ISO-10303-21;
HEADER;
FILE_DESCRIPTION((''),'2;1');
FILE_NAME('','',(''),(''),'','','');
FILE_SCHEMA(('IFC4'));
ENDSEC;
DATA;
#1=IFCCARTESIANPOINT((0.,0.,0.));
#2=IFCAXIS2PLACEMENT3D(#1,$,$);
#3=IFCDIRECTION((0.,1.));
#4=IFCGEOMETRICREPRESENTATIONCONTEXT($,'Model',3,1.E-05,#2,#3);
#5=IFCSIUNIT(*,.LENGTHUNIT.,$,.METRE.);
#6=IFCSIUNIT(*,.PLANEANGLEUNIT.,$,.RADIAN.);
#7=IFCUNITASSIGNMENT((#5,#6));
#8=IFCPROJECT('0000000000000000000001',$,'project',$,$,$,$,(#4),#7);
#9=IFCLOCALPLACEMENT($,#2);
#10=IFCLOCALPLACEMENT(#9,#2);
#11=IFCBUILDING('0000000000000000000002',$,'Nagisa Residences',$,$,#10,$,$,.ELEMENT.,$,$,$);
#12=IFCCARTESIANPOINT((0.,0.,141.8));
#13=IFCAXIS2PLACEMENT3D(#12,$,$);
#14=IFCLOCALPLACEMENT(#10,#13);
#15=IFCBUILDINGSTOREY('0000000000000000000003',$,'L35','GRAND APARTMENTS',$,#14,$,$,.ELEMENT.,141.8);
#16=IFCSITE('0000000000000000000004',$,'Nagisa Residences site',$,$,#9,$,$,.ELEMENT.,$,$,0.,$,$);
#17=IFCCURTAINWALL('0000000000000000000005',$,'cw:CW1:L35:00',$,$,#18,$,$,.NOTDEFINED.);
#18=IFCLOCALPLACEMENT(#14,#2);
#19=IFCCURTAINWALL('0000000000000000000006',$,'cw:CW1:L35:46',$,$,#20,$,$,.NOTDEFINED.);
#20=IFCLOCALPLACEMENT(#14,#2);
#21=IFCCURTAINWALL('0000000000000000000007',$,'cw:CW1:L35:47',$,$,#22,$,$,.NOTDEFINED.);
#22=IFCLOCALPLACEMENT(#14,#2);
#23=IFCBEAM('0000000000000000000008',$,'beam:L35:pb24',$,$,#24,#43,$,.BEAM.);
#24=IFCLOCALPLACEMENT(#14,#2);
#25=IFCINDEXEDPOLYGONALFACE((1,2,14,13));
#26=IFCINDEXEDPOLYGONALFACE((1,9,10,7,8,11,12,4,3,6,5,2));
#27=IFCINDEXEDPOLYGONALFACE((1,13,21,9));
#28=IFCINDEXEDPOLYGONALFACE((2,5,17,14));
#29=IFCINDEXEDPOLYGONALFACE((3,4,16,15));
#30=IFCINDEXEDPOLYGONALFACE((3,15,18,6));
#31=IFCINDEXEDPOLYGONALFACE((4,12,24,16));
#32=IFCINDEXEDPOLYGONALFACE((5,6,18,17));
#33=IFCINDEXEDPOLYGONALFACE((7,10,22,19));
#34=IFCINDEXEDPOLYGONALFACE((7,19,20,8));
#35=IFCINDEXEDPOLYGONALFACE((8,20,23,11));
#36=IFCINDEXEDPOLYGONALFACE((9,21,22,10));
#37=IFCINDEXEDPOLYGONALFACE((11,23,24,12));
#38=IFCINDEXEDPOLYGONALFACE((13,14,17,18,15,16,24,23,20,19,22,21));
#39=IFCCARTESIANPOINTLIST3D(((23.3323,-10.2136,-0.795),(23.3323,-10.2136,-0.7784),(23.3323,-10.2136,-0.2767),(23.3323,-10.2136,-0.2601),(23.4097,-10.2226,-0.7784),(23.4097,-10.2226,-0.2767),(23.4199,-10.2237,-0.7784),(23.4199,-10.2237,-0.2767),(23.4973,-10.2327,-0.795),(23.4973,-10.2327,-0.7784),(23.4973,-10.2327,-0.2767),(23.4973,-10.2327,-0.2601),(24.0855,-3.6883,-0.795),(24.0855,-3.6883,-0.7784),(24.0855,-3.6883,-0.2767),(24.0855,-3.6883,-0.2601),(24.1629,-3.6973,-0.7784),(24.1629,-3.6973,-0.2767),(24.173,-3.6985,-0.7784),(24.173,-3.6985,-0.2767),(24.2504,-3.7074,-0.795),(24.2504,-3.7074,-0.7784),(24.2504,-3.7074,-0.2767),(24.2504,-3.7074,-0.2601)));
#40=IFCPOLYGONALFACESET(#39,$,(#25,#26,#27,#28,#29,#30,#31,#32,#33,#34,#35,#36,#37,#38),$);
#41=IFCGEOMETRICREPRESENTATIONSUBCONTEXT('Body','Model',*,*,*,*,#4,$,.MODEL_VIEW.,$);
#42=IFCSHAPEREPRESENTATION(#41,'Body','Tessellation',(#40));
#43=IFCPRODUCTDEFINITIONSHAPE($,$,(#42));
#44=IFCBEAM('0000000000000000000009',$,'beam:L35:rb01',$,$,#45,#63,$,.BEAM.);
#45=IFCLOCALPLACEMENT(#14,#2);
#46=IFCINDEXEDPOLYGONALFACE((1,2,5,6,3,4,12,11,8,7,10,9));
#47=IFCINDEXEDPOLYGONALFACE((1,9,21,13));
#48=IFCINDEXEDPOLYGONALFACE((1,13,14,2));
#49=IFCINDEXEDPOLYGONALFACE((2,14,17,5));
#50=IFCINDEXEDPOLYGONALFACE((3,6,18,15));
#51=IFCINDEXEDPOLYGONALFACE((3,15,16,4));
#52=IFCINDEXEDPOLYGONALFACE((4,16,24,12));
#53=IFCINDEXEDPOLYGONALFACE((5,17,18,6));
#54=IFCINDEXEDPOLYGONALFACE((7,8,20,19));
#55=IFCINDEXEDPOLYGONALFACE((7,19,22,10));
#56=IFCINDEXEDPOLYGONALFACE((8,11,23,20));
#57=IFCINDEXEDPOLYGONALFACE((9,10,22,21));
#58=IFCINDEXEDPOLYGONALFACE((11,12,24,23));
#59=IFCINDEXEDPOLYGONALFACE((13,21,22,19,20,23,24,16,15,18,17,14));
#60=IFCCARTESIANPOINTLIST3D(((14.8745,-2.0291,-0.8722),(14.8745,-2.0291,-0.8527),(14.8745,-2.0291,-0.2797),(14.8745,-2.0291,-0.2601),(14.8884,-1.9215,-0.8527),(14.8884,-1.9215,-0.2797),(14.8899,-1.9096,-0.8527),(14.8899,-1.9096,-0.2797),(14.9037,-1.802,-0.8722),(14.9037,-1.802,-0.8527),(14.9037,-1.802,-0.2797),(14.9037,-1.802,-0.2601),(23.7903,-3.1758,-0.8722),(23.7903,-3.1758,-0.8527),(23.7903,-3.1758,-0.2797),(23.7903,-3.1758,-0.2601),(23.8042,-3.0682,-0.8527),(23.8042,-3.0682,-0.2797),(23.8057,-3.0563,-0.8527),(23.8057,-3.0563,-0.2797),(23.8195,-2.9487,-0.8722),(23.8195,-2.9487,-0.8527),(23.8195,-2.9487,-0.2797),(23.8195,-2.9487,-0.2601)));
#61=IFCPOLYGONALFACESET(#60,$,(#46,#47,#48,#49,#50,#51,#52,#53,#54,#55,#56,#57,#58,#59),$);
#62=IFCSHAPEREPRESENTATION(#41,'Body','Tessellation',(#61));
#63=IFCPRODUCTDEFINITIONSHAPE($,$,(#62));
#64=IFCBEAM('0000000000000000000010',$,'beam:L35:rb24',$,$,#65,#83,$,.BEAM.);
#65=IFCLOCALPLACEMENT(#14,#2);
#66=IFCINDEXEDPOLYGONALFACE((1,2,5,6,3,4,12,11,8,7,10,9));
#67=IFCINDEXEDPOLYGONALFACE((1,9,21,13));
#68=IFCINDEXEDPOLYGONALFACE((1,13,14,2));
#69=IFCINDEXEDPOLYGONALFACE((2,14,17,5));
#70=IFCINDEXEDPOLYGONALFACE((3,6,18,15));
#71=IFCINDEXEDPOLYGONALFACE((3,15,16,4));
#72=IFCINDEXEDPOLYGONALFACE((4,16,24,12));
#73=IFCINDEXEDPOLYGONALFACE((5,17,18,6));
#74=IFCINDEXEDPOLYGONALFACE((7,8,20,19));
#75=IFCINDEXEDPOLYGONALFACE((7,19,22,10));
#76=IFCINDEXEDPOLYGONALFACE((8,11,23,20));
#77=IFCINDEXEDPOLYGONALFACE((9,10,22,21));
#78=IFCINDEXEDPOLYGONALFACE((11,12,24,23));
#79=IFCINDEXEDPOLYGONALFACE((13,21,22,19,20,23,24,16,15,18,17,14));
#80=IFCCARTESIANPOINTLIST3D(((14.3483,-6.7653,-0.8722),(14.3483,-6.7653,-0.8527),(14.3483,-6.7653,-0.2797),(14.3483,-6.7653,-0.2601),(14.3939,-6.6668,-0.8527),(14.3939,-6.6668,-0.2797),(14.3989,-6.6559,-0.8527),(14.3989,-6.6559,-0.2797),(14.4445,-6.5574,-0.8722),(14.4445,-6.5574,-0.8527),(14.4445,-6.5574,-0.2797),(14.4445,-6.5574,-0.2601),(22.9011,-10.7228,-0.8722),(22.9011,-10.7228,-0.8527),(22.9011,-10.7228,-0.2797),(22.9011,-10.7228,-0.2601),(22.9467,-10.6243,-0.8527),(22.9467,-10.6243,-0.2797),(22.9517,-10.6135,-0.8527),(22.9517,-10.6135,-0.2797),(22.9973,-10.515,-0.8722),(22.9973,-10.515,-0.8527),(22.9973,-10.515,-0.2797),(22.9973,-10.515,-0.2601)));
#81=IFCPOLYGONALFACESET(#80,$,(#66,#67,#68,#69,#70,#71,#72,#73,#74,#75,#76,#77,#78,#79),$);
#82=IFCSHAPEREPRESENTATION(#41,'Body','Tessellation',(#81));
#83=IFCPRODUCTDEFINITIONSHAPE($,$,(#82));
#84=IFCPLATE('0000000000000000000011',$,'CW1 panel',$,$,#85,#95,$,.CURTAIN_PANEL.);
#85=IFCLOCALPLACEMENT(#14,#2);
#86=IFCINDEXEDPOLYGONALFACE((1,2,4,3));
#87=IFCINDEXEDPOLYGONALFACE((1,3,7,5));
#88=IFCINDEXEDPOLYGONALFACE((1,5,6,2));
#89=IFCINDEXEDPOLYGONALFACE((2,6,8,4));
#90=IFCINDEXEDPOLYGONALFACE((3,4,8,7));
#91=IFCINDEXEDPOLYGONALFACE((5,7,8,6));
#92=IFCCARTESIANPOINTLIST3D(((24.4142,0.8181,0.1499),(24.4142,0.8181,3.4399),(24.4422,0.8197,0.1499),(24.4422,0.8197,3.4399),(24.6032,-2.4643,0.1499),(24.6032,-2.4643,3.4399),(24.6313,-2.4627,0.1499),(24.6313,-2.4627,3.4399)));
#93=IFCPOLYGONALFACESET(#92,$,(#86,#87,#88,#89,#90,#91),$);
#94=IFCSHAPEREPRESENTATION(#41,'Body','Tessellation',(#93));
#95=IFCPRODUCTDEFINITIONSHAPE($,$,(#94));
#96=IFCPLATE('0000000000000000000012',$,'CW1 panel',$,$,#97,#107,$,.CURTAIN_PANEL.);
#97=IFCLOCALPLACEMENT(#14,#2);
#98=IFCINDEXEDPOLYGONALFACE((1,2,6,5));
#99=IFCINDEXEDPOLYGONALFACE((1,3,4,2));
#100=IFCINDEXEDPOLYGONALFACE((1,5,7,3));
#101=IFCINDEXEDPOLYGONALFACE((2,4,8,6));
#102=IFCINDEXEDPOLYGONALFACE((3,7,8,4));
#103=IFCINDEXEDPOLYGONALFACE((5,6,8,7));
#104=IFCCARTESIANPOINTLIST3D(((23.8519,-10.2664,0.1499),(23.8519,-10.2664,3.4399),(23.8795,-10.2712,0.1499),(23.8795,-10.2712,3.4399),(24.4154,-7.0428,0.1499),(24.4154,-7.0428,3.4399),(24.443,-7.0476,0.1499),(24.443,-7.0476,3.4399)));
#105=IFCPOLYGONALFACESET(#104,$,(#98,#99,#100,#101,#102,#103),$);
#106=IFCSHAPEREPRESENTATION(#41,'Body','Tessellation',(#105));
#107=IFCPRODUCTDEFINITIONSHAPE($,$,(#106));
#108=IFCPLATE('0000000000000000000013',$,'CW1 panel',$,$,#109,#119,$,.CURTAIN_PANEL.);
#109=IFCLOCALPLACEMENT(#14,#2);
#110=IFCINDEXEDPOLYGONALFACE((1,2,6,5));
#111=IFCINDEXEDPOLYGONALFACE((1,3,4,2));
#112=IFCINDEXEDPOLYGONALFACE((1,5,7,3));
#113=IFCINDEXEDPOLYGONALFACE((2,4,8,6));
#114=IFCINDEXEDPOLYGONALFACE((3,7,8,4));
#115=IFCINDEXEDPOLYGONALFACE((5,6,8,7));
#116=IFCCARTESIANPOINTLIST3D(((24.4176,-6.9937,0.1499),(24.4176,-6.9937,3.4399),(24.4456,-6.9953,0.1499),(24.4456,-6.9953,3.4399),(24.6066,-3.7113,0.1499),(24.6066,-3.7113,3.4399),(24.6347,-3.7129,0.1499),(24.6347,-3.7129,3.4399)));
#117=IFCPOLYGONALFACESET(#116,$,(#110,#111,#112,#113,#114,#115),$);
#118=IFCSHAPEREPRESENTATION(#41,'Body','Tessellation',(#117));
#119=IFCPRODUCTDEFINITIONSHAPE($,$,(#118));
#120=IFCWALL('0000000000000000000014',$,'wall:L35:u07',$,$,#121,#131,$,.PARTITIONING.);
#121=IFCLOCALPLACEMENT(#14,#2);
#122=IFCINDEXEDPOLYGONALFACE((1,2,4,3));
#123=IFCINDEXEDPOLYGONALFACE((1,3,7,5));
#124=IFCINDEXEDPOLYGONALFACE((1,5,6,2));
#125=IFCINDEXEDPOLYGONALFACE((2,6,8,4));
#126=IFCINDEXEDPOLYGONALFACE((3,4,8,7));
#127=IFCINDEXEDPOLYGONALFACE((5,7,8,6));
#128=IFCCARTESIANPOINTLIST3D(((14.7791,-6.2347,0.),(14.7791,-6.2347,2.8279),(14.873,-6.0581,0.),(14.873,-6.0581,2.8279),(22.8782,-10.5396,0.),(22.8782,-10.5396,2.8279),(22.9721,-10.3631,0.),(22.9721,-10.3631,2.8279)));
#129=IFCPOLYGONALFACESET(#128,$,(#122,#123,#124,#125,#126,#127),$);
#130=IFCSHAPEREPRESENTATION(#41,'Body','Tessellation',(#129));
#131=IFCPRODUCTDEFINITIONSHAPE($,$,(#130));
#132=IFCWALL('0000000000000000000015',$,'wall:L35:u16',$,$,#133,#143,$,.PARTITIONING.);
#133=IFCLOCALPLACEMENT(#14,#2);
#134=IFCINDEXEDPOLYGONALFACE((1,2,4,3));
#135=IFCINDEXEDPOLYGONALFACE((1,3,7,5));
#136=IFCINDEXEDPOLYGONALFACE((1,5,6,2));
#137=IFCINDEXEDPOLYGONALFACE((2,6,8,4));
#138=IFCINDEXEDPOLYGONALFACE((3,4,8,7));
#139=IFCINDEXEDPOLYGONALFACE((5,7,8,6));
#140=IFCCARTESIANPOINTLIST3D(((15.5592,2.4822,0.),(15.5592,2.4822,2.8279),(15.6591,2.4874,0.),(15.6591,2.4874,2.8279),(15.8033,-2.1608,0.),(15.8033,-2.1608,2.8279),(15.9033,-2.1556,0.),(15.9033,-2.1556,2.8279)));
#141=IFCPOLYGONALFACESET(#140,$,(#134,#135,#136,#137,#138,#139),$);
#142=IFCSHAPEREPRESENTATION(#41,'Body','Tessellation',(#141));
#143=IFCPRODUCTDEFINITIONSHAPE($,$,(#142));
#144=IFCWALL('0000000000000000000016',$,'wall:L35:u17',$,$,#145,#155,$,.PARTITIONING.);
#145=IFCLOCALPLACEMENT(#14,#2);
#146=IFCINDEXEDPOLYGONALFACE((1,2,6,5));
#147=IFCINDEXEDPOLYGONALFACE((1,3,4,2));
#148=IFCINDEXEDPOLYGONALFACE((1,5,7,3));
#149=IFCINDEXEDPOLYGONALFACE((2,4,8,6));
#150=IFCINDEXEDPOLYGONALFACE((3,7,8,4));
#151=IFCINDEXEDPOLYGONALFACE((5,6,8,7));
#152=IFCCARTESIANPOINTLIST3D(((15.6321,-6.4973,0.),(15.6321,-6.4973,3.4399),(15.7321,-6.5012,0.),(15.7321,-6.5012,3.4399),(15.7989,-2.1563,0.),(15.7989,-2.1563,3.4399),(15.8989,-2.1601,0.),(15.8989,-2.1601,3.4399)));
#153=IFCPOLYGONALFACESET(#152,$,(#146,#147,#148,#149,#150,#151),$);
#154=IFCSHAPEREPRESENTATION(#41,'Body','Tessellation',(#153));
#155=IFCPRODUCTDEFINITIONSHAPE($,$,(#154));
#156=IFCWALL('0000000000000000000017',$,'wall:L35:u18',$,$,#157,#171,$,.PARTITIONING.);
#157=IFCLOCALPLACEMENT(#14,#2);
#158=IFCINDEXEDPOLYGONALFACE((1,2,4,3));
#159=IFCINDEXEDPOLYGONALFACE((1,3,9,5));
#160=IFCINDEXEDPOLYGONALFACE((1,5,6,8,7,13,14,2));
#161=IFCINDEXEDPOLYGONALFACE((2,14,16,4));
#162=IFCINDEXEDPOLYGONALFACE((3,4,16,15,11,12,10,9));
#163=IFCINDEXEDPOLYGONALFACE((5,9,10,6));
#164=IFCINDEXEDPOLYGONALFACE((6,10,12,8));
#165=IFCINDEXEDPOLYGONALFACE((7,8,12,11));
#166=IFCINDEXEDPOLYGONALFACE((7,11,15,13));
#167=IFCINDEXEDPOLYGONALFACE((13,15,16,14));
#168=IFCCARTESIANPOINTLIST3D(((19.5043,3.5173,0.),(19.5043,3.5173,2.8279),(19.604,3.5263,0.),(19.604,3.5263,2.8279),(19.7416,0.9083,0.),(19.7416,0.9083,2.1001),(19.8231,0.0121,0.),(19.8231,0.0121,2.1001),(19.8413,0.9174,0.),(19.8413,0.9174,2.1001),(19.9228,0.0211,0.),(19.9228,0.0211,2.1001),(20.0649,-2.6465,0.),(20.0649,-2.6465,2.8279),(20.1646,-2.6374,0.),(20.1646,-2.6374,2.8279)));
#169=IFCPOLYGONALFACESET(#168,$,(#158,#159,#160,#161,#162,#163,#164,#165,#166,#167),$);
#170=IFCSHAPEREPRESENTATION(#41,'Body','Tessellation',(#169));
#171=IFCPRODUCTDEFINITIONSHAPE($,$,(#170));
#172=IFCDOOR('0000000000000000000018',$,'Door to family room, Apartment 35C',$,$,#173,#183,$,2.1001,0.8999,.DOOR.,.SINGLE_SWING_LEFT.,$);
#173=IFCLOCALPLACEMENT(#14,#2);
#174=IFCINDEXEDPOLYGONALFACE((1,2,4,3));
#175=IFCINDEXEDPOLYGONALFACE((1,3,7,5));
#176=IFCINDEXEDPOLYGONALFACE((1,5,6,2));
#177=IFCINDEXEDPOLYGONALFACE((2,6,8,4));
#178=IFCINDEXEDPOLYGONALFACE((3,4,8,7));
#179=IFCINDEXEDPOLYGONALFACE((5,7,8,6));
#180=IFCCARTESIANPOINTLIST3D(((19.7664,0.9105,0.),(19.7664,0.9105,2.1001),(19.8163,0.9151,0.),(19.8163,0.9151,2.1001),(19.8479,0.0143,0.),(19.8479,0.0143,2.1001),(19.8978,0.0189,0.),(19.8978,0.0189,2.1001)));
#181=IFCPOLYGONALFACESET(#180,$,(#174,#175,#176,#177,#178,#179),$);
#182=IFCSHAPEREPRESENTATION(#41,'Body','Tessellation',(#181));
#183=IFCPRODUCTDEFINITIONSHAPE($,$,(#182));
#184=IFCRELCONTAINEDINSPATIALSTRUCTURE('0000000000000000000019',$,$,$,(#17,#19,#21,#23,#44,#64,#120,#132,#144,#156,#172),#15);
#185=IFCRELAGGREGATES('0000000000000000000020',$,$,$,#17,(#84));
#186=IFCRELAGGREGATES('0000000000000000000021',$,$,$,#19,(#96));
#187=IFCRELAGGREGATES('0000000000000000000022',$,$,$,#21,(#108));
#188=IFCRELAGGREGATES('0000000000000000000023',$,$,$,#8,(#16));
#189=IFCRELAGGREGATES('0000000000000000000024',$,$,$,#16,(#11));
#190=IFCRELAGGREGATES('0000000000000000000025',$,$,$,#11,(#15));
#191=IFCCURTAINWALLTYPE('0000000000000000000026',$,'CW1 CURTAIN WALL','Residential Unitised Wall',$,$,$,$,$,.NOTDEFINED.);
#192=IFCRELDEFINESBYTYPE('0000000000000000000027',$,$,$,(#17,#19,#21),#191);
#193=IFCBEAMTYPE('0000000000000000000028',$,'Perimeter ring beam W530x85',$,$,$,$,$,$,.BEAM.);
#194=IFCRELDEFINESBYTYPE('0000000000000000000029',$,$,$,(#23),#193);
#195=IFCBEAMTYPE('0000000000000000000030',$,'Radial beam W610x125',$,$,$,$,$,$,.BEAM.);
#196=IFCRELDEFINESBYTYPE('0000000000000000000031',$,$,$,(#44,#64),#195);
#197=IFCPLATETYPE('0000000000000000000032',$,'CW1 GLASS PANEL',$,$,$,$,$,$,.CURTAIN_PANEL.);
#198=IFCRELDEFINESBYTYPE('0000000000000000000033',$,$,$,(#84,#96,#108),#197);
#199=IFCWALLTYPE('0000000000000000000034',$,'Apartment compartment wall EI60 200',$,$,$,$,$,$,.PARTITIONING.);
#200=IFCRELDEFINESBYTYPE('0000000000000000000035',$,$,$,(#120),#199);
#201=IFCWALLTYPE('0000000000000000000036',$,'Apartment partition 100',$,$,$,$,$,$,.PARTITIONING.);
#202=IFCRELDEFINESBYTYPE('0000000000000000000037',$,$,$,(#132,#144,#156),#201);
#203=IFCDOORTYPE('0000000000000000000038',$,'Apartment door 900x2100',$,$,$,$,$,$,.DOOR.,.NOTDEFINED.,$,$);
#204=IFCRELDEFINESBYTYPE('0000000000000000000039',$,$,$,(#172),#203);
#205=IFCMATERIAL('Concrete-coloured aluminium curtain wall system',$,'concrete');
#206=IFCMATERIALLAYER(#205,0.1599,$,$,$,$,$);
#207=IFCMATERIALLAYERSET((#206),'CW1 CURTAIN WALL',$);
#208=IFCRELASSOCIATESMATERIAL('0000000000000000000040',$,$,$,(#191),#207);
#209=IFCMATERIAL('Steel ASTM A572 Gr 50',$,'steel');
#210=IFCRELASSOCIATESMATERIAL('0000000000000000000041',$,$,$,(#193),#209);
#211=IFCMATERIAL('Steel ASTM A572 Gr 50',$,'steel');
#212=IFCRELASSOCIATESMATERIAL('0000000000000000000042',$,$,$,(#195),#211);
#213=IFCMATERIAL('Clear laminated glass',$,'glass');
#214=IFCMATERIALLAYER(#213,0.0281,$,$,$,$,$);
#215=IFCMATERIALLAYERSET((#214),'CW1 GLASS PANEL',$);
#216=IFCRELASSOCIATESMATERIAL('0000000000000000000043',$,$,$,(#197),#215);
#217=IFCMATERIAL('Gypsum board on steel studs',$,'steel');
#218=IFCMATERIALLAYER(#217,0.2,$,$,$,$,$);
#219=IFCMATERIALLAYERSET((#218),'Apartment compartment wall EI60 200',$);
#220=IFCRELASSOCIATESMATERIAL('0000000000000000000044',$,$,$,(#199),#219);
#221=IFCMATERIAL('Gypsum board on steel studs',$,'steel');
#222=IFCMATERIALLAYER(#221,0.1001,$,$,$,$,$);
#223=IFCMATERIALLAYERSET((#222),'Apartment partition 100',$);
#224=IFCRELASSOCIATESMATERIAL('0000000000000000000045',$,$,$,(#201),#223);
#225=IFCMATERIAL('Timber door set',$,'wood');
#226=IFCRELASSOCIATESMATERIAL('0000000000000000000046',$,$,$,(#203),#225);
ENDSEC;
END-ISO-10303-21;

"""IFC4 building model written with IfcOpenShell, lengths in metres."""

from ifc_helpers import new_model, si_unit, direction, frame, frame_2d, origin, origin_2d, place, context, subcontext, project, spatial, rectangle, i_section, extrude, material, layer, layer_set, material_profile, profile_set, type_object, element, fill, aggregate, save


model = new_model("IFC4")

# Units and contexts
model_context = context("Model", 3, precision=1e-05, world=origin(), true_north=direction((0.0, 1.0)))
body_context = subcontext(model_context, "Body", "Model", "MODEL_VIEW")
ifc_project = project(units=[si_unit("LENGTHUNIT", "METRE"), si_unit("PLANEANGLEUNIT", "RADIAN")], contexts=[model_context])

# Site, building, storey
site_placement = place(None, origin())
site = spatial("IfcSite", under=ifc_project, at=site_placement, Name="Nagisa Residences site", CompositionType="ELEMENT", RefElevation=0.0)
building_placement = place(site_placement, origin())
building = spatial("IfcBuilding", under=site, at=building_placement, Name="Nagisa Residences", CompositionType="ELEMENT")
storey_placement = place(building_placement, frame((0.0, 0.0, 141.8)))
storey = spatial("IfcBuildingStorey", under=building, at=storey_placement, Name="L35", Description="GRAND APARTMENTS", CompositionType="ELEMENT", Elevation=141.8)

# Curtain walls
ifc_material_1 = material(Name="Concrete-coloured aluminium curtain wall system", Category="concrete")
ifc_layer_1 = layer(ifc_material_1, 0.1599)
ifc_layer_set_1 = layer_set([ifc_layer_1], Name="CW1 CURTAIN WALL")
curtain_wall_type = type_object("IfcCurtainWallType", Name="CW1 CURTAIN WALL", Description="Residential Unitised Wall", PredefinedType="NOTDEFINED", material=ifc_layer_set_1)
curtain_wall_1_placement = place(storey_placement, origin())
curtain_wall_1 = element("IfcCurtainWall", 1, at=curtain_wall_1_placement, inside=storey, type_object=curtain_wall_type, Name="cw:CW1:L35:00", PredefinedType="NOTDEFINED")
curtain_wall_2_placement = place(storey_placement, origin())
curtain_wall_2 = element("IfcCurtainWall", 2, at=curtain_wall_2_placement, inside=storey, type_object=curtain_wall_type, Name="cw:CW1:L35:46", PredefinedType="NOTDEFINED")
curtain_wall_3_placement = place(storey_placement, origin())
curtain_wall_3 = element("IfcCurtainWall", 3, at=curtain_wall_3_placement, inside=storey, type_object=curtain_wall_type, Name="cw:CW1:L35:47", PredefinedType="NOTDEFINED")

# Beams
ifc_material_2 = material(Name="Steel ASTM A572 Gr 50", Category="steel")
ifc_material_profile_1 = material_profile(ifc_material_2, i_section(OverallWidth=0.166, OverallDepth=0.5349, WebThickness=0.0103, FlangeThickness=0.0166, at=origin_2d()), Name="W530x85")
ifc_profile_set_1 = profile_set([ifc_material_profile_1], Name="Steel ASTM A572 Gr 50")
beam_type_1 = type_object("IfcBeamType", Name="Perimeter ring beam W530x85", PredefinedType="BEAM", material=ifc_profile_set_1)
for number, where, z_axis, x_axis, name in (
    (4, (23.4148, -10.2231, -0.5276), (0.114661, 0.993405, 0.0), (-0.993405, 0.114661, 0.0), "beam:L35:pb24"),
):
    element("IfcBeam", number, at=place(storey_placement, frame(where, z_axis=z_axis, x_axis=x_axis)), inside=storey, type_object=beam_type_1, Name=name, PredefinedType="BEAM", context=body_context, shape_type="SweptSolid", body=[
        extrude(i_section(OverallWidth=0.166, OverallDepth=0.5349, WebThickness=0.0103, FlangeThickness=0.0166, at=origin_2d()), origin(), (0.0, 0.0, 1.0), 6.5686),
    ])
ifc_material_3 = material(Name="Steel ASTM A572 Gr 50", Category="steel")
ifc_material_profile_2 = material_profile(ifc_material_3, i_section(OverallWidth=0.229, OverallDepth=0.6121, WebThickness=0.012, FlangeThickness=0.0195, at=origin_2d()), Name="W610x125")
ifc_profile_set_2 = profile_set([ifc_material_profile_2], Name="Steel ASTM A572 Gr 50")
beam_type_2 = type_object("IfcBeamType", Name="Radial beam W610x125", PredefinedType="BEAM", material=ifc_profile_set_2)
beam_1_placement = place(storey_placement, frame((23.8049, -3.0623, -0.5662), z_axis=(-0.99183, 0.127567, 0.0), x_axis=(-0.127567, -0.99183, 0.0)))
element("IfcBeam", 5, at=beam_1_placement, inside=storey, type_object=beam_type_2, Name="beam:L35:rb01", PredefinedType="BEAM", context=body_context, shape_type="SweptSolid", body=[
    extrude(i_section(OverallWidth=0.229, OverallDepth=0.6121, WebThickness=0.012, FlangeThickness=0.0195, at=origin_2d()), origin(), (0.0, 0.0, 1.0), 8.9893),
])
beam_2_placement = place(storey_placement, frame((22.9492, -10.6189, -0.5662), z_axis=(-0.907551, 0.419942, 0.0), x_axis=(-0.419942, -0.907551, 0.0)))
element("IfcBeam", 6, at=beam_2_placement, inside=storey, type_object=beam_type_2, Name="beam:L35:rb24", PredefinedType="BEAM", context=body_context, shape_type="SweptSolid", body=[
    extrude(i_section(OverallWidth=0.229, OverallDepth=0.6121, WebThickness=0.012, FlangeThickness=0.0195, at=origin_2d()), origin(), (0.0, 0.0, 1.0), 9.4241),
])

# Plates
ifc_material_4 = material(Name="Clear laminated glass", Category="glass")
ifc_layer_2 = layer(ifc_material_4, 0.0281)
ifc_layer_set_2 = layer_set([ifc_layer_2], Name="CW1 GLASS PANEL")
plate_type = type_object("IfcPlateType", Name="CW1 GLASS PANEL", PredefinedType="CURTAIN_PANEL", material=ifc_layer_set_2)
plate_1_placement = place(storey_placement, frame((24.5227, -0.8223, 0.1499), z_axis=(0.0, 0.0, 1.0), x_axis=(-0.057503, 0.998345, 0.0)))
plate_1 = element("IfcPlate", 7, at=plate_1_placement, type_object=plate_type, Name="CW1 panel", PredefinedType="CURTAIN_PANEL", context=body_context, shape_type="SweptSolid", body=[
    extrude(rectangle(XDim=3.2878, YDim=0.0281, at=origin_2d()), origin(), (0.0, 0.0, 1.0), 3.29),
])
aggregate(curtain_wall_1, [plate_1])
plate_2_placement = place(storey_placement, frame((24.1475, -8.657, 0.1499), z_axis=(0.0, 0.0, 1.0), x_axis=(0.172191, 0.985064, 0.0)))
plate_2 = element("IfcPlate", 8, at=plate_2_placement, type_object=plate_type, Name="CW1 panel", PredefinedType="CURTAIN_PANEL", context=body_context, shape_type="SweptSolid", body=[
    extrude(rectangle(XDim=3.2725, YDim=0.0281, at=origin_2d()), origin(), (0.0, 0.0, 1.0), 3.29),
])
aggregate(curtain_wall_2, [plate_2])
plate_3_placement = place(storey_placement, frame((24.5261, -5.3533, 0.1499), z_axis=(0.0, 0.0, 1.0), x_axis=(0.057503, 0.998345, 0.0)))
plate_3 = element("IfcPlate", 9, at=plate_3_placement, type_object=plate_type, Name="CW1 panel", PredefinedType="CURTAIN_PANEL", context=body_context, shape_type="SweptSolid", body=[
    extrude(rectangle(XDim=3.2878, YDim=0.0281, at=origin_2d()), origin(), (0.0, 0.0, 1.0), 3.29),
])
aggregate(curtain_wall_3, [plate_3])

# Walls
ifc_material_5 = material(Name="Gypsum board on steel studs", Category="steel")
ifc_layer_3 = layer(ifc_material_5, 0.2)
ifc_layer_set_3 = layer_set([ifc_layer_3], Name="Apartment compartment wall EI60 200")
wall_type_1 = type_object("IfcWallType", Name="Apartment compartment wall EI60 200", PredefinedType="PARTITIONING", material=ifc_layer_set_3)
wall_1_placement = place(storey_placement, frame((14.8262, -6.1465, 0.0), z_axis=(0.0, 0.0, 1.0), x_axis=(0.883013, -0.469349, 0.0)))
element("IfcWall", 10, at=wall_1_placement, inside=storey, type_object=wall_type_1, Name="wall:L35:u07", PredefinedType="PARTITIONING", context=body_context, shape_type="SweptSolid", body=[
    extrude(rectangle(XDim=9.1721, YDim=0.2, at=frame_2d((4.5859, 0.0))), origin(), (0.0, 0.0, 1.0), 2.8279),
])
ifc_material_6 = material(Name="Gypsum board on steel studs", Category="steel")
ifc_layer_4 = layer(ifc_material_6, 0.1001)
ifc_layer_set_4 = layer_set([ifc_layer_4], Name="Apartment partition 100")
wall_type_2 = type_object("IfcWallType", Name="Apartment partition 100", PredefinedType="PARTITIONING", material=ifc_layer_set_4)
wall_2_placement = place(storey_placement, frame((15.8533, -2.1582, 0.0), z_axis=(0.0, 0.0, 1.0), x_axis=(-0.052509, 0.99862, 0.0)))
element("IfcWall", 11, at=wall_2_placement, inside=storey, type_object=wall_type_2, Name="wall:L35:u16", PredefinedType="PARTITIONING", context=body_context, shape_type="SweptSolid", body=[
    extrude(rectangle(XDim=4.6494, YDim=0.1001, at=frame_2d((2.3247, 0.0))), origin(), (0.0, 0.0, 1.0), 2.8279),
])
wall_3_placement = place(storey_placement, frame((15.8489, -2.1582, 0.0), z_axis=(0.0, 0.0, 1.0), x_axis=(-0.038383, -0.999263, 0.0)))
element("IfcWall", 12, at=wall_3_placement, inside=storey, type_object=wall_type_2, Name="wall:L35:u17", PredefinedType="PARTITIONING", context=body_context, shape_type="SweptSolid", body=[
    extrude(rectangle(XDim=4.3442, YDim=0.1001, at=frame_2d((2.1721, 0.0))), origin(), (0.0, 0.0, 1.0), 3.4399),
])

# Wall, opening, door
wall_4_placement = place(storey_placement, frame((20.1147, -2.6421, 0.0), z_axis=(0.0, 0.0, 1.0), x_axis=(-0.090568, 0.99589, 0.0)))
wall_4 = element("IfcWall", 13, at=wall_4_placement, inside=storey, type_object=wall_type_2, Name="wall:L35:u18", PredefinedType="PARTITIONING", context=body_context, shape_type="SweptSolid", body=[
    extrude(rectangle(XDim=6.1892, YDim=0.1001, at=frame_2d((3.0947, 0.0))), origin(), (0.0, 0.0, 1.0), 2.8279),
])
opening_1_placement = place(wall_4_placement, frame((2.6697, 0.0, 0.0)))
opening_1 = element("IfcOpeningElement", 14, at=opening_1_placement, cuts=wall_4, PredefinedType="OPENING", context=body_context, shape_type="SweptSolid", body=[
    extrude(rectangle(XDim=0.8999, YDim=2.1001, at=frame_2d((0.45, 1.05))), frame((0.0, 0.0601, 0.0), z_axis=(0.0, -1.0, 0.0), x_axis=(1.0, 0.0, 0.0)), (0.0, 0.0, 1.0), 0.1201),
])
ifc_material_7 = material(Name="Timber door set", Category="wood")
door_type_1 = type_object("IfcDoorType", Name="Apartment door 900x2100", OperationType="NOTDEFINED", PredefinedType="DOOR", material=ifc_material_7)
door_1_placement = place(opening_1_placement, frame((0.8999, 0.0, 0.0), x_axis=(-1.0, 0.0, 0.0)))
door_1 = element("IfcDoor", 15, at=door_1_placement, inside=storey, type_object=door_type_1, Name="Door to family room, Apartment 35C", OperationType="SINGLE_SWING_LEFT", OverallHeight=2.1001, OverallWidth=0.8999, PredefinedType="DOOR", context=body_context, shape_type="SweptSolid", body=[
    extrude(rectangle(XDim=0.8999, YDim=2.1001, at=frame_2d((0.45, 1.05))), frame((0.0, 0.0249, 0.0), z_axis=(0.0, -1.0, 0.0), x_axis=(1.0, 0.0, 0.0)), (0.0, 0.0, 1.0), 0.05),
])
fill(opening_1, door_1)

save(model, "model.ifc")
